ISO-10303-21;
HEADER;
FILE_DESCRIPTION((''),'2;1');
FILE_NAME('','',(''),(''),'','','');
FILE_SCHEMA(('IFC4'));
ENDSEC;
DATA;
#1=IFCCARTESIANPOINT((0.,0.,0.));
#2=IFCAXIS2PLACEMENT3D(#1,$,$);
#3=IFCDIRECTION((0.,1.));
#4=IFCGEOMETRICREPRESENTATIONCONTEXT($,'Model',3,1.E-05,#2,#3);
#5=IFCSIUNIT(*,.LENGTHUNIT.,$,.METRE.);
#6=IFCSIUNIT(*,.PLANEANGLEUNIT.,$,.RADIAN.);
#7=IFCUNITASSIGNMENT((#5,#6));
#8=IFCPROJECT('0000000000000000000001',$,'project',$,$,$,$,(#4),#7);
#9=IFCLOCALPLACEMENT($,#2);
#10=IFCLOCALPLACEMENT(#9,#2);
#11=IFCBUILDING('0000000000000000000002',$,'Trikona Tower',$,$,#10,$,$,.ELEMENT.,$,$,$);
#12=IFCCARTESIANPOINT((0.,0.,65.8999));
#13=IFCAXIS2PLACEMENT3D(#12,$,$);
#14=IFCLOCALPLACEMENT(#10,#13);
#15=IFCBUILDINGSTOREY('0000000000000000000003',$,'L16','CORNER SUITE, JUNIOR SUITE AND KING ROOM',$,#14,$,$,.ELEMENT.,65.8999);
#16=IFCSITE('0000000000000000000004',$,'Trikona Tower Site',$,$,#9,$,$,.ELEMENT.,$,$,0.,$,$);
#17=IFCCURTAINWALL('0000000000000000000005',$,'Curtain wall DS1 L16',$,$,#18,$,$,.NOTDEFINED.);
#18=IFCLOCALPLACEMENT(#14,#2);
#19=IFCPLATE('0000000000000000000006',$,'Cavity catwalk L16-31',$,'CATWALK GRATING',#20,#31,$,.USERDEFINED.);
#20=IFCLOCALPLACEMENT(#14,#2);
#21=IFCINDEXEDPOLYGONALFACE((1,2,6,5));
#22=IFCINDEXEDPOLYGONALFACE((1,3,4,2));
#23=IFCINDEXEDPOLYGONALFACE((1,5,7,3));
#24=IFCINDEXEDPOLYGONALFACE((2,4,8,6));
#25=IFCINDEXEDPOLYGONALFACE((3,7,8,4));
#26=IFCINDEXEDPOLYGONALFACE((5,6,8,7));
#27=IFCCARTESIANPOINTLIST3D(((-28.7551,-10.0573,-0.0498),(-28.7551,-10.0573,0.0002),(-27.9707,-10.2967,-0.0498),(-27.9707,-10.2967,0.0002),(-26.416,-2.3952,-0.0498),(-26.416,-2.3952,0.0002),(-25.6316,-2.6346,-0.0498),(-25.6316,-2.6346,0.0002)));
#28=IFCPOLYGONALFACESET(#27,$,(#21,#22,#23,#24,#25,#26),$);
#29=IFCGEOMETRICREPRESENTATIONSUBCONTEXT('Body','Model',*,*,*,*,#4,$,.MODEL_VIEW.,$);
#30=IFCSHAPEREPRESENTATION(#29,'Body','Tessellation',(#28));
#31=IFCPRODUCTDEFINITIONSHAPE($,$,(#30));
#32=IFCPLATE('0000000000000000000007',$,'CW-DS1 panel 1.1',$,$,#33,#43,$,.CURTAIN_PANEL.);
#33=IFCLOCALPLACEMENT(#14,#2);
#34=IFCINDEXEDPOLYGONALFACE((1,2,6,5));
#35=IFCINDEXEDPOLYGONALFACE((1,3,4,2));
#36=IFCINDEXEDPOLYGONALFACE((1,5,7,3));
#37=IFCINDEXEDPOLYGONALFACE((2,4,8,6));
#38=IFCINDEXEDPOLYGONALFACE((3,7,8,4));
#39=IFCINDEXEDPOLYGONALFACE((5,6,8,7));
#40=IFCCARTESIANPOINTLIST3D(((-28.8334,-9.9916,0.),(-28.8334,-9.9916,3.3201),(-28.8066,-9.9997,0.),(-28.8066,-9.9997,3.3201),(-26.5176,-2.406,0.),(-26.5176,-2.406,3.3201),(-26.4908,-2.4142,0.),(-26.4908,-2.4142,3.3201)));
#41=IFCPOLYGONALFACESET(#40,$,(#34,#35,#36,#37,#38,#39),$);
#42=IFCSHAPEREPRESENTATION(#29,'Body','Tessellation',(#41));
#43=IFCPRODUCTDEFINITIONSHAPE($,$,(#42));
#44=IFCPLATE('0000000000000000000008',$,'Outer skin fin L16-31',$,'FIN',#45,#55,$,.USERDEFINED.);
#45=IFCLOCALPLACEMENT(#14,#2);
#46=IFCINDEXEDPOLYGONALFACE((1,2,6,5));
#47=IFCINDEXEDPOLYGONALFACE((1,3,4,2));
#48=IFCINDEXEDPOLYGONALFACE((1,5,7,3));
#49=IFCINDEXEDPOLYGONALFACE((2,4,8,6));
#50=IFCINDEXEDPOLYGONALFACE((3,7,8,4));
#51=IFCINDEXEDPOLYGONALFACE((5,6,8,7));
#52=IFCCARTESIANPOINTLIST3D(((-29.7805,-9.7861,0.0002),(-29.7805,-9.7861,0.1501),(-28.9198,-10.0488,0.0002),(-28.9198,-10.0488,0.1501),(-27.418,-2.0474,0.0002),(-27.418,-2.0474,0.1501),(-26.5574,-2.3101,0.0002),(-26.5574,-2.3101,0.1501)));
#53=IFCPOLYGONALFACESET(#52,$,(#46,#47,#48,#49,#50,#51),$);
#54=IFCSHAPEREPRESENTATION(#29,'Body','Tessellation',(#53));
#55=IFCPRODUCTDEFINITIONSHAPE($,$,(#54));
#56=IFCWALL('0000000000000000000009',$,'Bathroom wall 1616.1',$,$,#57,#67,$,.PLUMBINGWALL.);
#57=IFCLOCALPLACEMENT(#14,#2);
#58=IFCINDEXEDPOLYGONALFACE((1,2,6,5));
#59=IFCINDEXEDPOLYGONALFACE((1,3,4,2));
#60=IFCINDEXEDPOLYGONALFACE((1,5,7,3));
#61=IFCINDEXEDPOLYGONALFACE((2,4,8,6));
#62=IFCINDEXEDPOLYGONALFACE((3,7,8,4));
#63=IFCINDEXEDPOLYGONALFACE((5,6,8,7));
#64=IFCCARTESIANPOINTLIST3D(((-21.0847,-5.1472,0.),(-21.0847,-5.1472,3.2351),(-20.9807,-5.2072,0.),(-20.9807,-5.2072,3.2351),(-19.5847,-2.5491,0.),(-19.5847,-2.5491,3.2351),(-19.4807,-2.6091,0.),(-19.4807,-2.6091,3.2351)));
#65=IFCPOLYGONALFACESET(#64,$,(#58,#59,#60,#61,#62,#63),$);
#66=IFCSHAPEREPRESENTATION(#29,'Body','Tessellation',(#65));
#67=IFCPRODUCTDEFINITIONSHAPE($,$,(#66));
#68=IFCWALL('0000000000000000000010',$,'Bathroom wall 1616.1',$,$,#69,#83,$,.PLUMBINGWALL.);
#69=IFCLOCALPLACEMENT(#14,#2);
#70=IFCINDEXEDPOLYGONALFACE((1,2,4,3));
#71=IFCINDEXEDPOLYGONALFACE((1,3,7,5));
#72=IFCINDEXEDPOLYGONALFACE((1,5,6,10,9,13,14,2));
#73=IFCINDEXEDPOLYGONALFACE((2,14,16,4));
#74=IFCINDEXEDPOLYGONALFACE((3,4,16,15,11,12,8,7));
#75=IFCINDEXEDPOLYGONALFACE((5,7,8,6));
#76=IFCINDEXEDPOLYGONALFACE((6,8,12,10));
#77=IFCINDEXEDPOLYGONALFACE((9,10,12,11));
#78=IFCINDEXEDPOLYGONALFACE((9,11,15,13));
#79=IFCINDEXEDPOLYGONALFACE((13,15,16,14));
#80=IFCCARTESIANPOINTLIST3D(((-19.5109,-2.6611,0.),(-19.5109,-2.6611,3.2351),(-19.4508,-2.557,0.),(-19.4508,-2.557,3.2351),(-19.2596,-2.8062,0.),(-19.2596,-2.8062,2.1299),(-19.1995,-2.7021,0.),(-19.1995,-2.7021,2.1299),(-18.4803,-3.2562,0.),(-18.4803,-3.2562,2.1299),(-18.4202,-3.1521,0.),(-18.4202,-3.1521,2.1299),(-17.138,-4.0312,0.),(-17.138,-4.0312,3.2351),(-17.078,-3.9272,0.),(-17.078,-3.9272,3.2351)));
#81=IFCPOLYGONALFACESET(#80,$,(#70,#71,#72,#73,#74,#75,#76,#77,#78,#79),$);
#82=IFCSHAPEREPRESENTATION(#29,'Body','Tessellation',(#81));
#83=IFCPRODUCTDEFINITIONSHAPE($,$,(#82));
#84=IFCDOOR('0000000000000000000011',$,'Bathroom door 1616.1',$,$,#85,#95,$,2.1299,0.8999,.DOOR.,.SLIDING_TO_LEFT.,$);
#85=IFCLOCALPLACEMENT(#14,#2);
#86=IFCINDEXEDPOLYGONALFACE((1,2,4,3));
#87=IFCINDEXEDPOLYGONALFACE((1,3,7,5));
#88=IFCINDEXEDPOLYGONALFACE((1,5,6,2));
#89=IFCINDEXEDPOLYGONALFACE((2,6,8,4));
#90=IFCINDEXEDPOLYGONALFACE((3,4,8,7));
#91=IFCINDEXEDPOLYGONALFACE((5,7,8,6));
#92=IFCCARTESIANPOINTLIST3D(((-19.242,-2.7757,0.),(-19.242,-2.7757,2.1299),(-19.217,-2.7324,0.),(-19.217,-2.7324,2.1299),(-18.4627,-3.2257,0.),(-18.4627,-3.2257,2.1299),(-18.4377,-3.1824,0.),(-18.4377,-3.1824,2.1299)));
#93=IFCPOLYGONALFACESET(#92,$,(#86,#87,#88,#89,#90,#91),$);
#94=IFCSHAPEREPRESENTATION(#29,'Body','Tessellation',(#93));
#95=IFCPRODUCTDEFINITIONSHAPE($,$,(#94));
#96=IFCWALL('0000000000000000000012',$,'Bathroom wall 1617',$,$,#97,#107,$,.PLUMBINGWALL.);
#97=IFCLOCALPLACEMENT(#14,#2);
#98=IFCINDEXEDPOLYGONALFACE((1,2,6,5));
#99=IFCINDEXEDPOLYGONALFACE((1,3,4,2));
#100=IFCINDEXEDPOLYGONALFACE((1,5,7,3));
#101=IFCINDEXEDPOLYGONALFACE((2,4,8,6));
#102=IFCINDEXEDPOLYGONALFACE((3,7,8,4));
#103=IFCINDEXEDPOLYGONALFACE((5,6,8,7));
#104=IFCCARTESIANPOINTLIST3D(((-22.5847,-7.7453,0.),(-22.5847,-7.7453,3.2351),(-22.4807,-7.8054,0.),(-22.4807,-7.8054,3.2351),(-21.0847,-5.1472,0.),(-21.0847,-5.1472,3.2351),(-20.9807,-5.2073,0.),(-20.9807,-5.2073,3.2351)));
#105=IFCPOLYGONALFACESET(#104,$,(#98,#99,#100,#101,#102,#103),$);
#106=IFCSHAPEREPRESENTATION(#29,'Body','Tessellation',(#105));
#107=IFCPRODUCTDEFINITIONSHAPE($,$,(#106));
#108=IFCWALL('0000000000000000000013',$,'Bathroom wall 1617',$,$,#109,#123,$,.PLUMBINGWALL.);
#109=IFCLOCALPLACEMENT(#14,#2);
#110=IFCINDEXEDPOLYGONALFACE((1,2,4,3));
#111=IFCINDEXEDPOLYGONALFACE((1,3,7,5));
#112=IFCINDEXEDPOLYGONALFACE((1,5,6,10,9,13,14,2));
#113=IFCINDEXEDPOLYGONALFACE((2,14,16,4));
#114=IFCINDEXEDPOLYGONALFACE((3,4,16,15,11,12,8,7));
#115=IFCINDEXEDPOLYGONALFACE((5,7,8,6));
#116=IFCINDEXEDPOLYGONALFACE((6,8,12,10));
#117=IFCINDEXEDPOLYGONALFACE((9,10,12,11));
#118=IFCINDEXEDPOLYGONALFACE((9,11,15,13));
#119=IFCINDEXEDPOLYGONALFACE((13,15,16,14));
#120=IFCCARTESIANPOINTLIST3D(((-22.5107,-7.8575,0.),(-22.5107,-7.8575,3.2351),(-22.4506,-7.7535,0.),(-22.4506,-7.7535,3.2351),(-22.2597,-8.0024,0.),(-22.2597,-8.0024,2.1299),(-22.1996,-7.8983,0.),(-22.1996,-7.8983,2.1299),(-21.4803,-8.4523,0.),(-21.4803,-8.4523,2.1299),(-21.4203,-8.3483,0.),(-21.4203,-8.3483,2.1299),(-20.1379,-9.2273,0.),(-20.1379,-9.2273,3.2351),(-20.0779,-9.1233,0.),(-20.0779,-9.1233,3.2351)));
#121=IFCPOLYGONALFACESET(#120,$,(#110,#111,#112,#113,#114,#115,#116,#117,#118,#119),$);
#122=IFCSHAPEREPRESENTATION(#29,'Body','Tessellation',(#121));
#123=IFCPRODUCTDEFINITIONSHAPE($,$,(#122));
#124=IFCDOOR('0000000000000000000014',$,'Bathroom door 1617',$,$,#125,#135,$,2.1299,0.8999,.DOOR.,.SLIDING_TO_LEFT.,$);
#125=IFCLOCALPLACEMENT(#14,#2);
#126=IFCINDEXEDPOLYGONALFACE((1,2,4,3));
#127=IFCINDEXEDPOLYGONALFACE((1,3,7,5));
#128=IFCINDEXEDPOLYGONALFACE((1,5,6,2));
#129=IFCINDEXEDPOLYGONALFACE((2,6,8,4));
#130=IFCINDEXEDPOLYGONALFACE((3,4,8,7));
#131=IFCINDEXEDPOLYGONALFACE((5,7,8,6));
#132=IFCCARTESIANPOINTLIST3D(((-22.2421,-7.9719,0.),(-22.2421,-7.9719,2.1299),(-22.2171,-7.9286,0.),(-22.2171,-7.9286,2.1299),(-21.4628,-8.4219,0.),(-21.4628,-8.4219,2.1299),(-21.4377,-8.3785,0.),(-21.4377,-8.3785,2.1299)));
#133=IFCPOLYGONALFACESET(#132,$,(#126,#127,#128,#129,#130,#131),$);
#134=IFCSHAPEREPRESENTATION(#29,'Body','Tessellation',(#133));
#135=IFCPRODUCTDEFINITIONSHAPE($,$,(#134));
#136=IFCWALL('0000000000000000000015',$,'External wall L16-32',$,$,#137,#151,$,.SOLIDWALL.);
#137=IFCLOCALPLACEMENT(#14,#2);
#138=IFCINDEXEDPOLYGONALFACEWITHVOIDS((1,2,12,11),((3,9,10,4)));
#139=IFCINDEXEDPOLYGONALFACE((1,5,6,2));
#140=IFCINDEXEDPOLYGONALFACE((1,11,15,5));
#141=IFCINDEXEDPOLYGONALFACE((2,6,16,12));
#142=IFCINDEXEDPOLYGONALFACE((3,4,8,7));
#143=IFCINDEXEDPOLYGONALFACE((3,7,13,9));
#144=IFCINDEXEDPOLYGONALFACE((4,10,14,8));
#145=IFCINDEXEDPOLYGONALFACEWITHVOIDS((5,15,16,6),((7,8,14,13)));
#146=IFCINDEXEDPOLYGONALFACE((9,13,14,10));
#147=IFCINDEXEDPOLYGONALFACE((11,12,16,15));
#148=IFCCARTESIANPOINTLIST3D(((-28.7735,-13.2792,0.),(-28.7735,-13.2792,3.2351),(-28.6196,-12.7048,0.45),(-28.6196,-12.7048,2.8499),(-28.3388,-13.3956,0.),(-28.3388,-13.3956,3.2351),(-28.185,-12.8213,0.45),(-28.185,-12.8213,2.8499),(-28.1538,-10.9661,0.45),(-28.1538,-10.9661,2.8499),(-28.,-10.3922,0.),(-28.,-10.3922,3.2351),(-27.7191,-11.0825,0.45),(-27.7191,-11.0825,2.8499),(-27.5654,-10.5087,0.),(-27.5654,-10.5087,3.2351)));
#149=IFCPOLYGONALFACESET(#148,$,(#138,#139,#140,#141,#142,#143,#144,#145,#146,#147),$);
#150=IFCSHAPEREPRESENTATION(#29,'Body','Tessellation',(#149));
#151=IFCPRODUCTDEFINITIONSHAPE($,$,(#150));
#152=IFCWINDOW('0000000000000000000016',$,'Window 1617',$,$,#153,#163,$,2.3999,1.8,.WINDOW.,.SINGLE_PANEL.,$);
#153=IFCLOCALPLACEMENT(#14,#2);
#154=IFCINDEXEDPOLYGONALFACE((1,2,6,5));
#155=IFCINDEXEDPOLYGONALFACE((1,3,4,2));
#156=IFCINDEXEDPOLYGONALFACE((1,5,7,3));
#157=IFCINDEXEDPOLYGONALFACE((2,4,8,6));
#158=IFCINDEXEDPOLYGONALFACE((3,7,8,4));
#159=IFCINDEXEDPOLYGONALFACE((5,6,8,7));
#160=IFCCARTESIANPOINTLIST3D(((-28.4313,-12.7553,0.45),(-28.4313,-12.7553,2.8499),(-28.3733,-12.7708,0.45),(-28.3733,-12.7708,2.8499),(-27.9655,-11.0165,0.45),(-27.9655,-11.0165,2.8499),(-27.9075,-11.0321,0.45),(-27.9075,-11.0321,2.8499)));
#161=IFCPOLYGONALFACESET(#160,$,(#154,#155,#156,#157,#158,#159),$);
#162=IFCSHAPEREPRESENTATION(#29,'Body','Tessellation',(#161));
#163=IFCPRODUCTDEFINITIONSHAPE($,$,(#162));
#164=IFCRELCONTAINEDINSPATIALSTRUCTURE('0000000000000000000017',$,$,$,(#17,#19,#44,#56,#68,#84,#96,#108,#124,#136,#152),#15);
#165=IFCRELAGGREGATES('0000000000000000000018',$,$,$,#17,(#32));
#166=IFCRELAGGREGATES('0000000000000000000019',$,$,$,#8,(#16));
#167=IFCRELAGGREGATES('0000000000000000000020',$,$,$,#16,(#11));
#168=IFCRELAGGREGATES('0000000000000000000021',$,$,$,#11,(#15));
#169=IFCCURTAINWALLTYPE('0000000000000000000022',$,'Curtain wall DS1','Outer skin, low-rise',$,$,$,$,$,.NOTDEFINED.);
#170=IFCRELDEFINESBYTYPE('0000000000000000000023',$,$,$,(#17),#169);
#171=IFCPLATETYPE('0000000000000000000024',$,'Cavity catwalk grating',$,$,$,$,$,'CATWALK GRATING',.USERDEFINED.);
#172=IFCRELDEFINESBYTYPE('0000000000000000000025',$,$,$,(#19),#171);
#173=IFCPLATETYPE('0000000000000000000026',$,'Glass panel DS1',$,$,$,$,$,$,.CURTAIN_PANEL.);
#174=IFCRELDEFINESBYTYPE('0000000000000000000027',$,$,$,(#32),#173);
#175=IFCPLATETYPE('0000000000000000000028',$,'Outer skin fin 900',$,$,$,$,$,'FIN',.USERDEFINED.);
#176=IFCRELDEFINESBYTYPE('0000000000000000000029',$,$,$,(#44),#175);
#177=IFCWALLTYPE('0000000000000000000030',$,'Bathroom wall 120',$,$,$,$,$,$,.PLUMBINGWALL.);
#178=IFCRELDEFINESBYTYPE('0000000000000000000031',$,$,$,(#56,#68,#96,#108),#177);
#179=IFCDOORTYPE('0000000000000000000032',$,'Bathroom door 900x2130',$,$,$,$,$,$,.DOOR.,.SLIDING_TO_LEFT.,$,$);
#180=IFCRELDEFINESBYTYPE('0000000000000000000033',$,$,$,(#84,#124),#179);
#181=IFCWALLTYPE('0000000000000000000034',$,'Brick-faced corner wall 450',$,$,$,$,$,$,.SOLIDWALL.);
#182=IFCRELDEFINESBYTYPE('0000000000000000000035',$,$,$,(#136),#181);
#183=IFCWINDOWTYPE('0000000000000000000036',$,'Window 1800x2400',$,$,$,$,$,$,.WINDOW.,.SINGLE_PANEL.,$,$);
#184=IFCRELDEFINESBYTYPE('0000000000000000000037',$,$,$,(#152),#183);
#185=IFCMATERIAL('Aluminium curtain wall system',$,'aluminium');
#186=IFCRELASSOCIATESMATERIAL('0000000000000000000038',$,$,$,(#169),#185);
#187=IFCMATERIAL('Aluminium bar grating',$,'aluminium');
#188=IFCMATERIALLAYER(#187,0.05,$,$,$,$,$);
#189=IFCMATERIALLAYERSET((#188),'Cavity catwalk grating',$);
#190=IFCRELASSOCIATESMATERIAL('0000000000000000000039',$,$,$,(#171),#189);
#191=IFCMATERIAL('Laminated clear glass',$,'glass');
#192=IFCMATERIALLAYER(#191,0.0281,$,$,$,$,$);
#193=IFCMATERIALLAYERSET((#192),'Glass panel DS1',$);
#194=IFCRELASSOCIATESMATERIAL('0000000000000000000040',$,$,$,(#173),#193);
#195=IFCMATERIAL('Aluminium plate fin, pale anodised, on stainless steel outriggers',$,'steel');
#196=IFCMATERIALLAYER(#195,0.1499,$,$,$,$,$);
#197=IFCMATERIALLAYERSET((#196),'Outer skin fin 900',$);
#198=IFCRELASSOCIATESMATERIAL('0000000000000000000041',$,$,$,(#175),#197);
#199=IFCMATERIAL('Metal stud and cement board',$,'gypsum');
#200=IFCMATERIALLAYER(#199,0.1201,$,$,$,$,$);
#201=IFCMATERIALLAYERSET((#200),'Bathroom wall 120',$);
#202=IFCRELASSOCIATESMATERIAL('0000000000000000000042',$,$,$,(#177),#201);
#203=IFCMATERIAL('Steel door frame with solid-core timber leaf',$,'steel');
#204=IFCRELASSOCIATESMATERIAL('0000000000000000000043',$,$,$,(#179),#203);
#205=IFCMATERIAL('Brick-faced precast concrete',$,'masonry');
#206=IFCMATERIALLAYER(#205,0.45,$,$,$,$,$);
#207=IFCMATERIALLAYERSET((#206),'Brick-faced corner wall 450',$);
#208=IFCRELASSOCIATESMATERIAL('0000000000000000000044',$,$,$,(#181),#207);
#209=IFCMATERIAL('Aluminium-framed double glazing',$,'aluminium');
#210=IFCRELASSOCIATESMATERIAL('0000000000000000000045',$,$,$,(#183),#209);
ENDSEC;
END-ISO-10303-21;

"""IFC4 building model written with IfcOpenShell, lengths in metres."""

from ifc_helpers import new_model, si_unit, direction, frame, frame_2d, origin, origin_2d, place, context, subcontext, project, spatial, rectangle, extrude, material, layer, layer_set, type_object, element, fill, aggregate, save


model = new_model("IFC4")

# Units and contexts
model_context = context("Model", 3, precision=1e-05, world=origin(), true_north=direction((0.0, 1.0)))
body_context = subcontext(model_context, "Body", "Model", "MODEL_VIEW")
ifc_project = project(units=[si_unit("LENGTHUNIT", "METRE"), si_unit("PLANEANGLEUNIT", "RADIAN")], contexts=[model_context])

# Site, building, storey
site_placement = place(None, origin())
site = spatial("IfcSite", under=ifc_project, at=site_placement, Name="Trikona Tower Site", CompositionType="ELEMENT", RefElevation=0.0)
building_placement = place(site_placement, origin())
building = spatial("IfcBuilding", under=site, at=building_placement, Name="Trikona Tower", CompositionType="ELEMENT")
storey_placement = place(building_placement, frame((0.0, 0.0, 65.8999)))
storey = spatial("IfcBuildingStorey", under=building, at=storey_placement, Name="L16", Description="CORNER SUITE, JUNIOR SUITE AND KING ROOM", CompositionType="ELEMENT", Elevation=65.8999)

# Curtain wall
ifc_material_1 = material(Name="Aluminium curtain wall system", Category="aluminium")
curtain_wall_type = type_object("IfcCurtainWallType", Name="Curtain wall DS1", Description="Outer skin, low-rise", PredefinedType="NOTDEFINED", material=ifc_material_1)
curtain_wall_placement = place(storey_placement, origin())
curtain_wall = element("IfcCurtainWall", 1, at=curtain_wall_placement, inside=storey, type_object=curtain_wall_type, Name="Curtain wall DS1 L16", PredefinedType="NOTDEFINED")

# Plates
ifc_material_2 = material(Name="Aluminium bar grating", Category="aluminium")
ifc_layer_1 = layer(ifc_material_2, 0.05)
ifc_layer_set_1 = layer_set([ifc_layer_1], Name="Cavity catwalk grating")
plate_type_1 = type_object("IfcPlateType", Name="Cavity catwalk grating", ElementType="CATWALK GRATING", PredefinedType="USERDEFINED", material=ifc_layer_set_1)
plate_1_placement = place(storey_placement, frame((-27.1934, -6.3459, -0.0498), z_axis=(0.0, 0.0, 1.0), x_axis=(-0.291979, -0.956425, 0.0)))
element("IfcPlate", 2, at=plate_1_placement, inside=storey, type_object=plate_type_1, Name="Cavity catwalk L16-31", ObjectType="CATWALK GRATING", PredefinedType="USERDEFINED", context=body_context, shape_type="SweptSolid", body=[
    extrude(rectangle(XDim=8.0112, YDim=0.8201, at=origin_2d()), origin(), (0.0, 0.0, 1.0), 0.05),
])
ifc_material_3 = material(Name="Laminated clear glass", Category="glass")
ifc_layer_2 = layer(ifc_material_3, 0.0281)
ifc_layer_set_2 = layer_set([ifc_layer_2], Name="Glass panel DS1")
plate_type_2 = type_object("IfcPlateType", Name="Glass panel DS1", PredefinedType="CURTAIN_PANEL", material=ifc_layer_set_2)
plate_2_placement = place(storey_placement, frame((-27.6621, -6.2029, 0.0), z_axis=(0.0, 0.0, 1.0), x_axis=(-0.291984, -0.956423, 0.0)))
plate_2 = element("IfcPlate", 3, at=plate_2_placement, type_object=plate_type_2, Name="CW-DS1 panel 1.1", PredefinedType="CURTAIN_PANEL", context=body_context, shape_type="SweptSolid", body=[
    extrude(rectangle(XDim=7.9312, YDim=0.0281, at=origin_2d()), origin(), (0.0, 0.0, 1.0), 3.3201),
])
aggregate(curtain_wall, [plate_2])
ifc_material_4 = material(Name="Aluminium plate fin, pale anodised, on stainless steel outriggers", Category="steel")
ifc_layer_3 = layer(ifc_material_4, 0.1499)
ifc_layer_set_3 = layer_set([ifc_layer_3], Name="Outer skin fin 900")
plate_type_3 = type_object("IfcPlateType", Name="Outer skin fin 900", ElementType="FIN", PredefinedType="USERDEFINED", material=ifc_layer_set_3)
plate_3_placement = place(storey_placement, frame((-28.1689, -6.0481, 0.0002), z_axis=(0.0, 0.0, 1.0), x_axis=(-0.291979, -0.956425, 0.0)))
element("IfcPlate", 4, at=plate_3_placement, inside=storey, type_object=plate_type_3, Name="Outer skin fin L16-31", ObjectType="FIN", PredefinedType="USERDEFINED", context=body_context, shape_type="SweptSolid", body=[
    extrude(rectangle(XDim=8.0913, YDim=0.8999, at=origin_2d()), origin(), (0.0, 0.0, 1.0), 0.1499),
])

# Wall
ifc_material_5 = material(Name="Metal stud and cement board", Category="gypsum")
ifc_layer_4 = layer(ifc_material_5, 0.1201)
ifc_layer_set_4 = layer_set([ifc_layer_4], Name="Bathroom wall 120")
wall_type_1 = type_object("IfcWallType", Name="Bathroom wall 120", PredefinedType="PLUMBINGWALL", material=ifc_layer_set_4)
wall_1_placement = place(storey_placement, frame((-19.5327, -2.5791, 0.0), z_axis=(0.0, 0.0, 1.0), x_axis=(-0.49999, -0.866031, 0.0)))
element("IfcWall", 5, at=wall_1_placement, inside=storey, type_object=wall_type_1, Name="Bathroom wall 1616.1", PredefinedType="PLUMBINGWALL", context=body_context, shape_type="SweptSolid", body=[
    extrude(rectangle(XDim=3.0, YDim=0.1201, at=frame_2d((1.5, 0.0))), origin(), (0.0, 0.0, 1.0), 3.2351),
])

# Wall, opening, door
wall_2_placement = place(storey_placement, frame((-17.1079, -3.9792, 0.0), z_axis=(0.0, 0.0, 1.0), x_axis=(-0.865997, 0.500049, 0.0)))
wall_2 = element("IfcWall", 6, at=wall_2_placement, inside=storey, type_object=wall_type_1, Name="Bathroom wall 1616.1", PredefinedType="PLUMBINGWALL", context=body_context, shape_type="SweptSolid", body=[
    extrude(rectangle(XDim=2.74, YDim=0.1201, at=frame_2d((1.3701, 0.0))), origin(), (0.0, 0.0, 1.0), 3.2351),
])
opening_1_placement = place(wall_2_placement, frame((1.55, 0.0, 0.0)))
opening_1 = element("IfcOpeningElement", 7, at=opening_1_placement, cuts=wall_2, PredefinedType="OPENING", context=body_context, shape_type="SweptSolid", body=[
    extrude(rectangle(XDim=0.8999, YDim=2.1299, at=frame_2d((0.45, 1.0649))), frame((0.0, 0.0701, 0.0), z_axis=(0.0, -1.0, 0.0), x_axis=(1.0, 0.0, 0.0)), (0.0, 0.0, 1.0), 0.1401),
])
ifc_material_6 = material(Name="Steel door frame with solid-core timber leaf", Category="steel")
door_type_1 = type_object("IfcDoorType", Name="Bathroom door 900x2130", OperationType="SLIDING_TO_LEFT", PredefinedType="DOOR", material=ifc_material_6)
door_1_placement = place(opening_1_placement, origin())
door_1 = element("IfcDoor", 8, at=door_1_placement, inside=storey, type_object=door_type_1, Name="Bathroom door 1616.1", OperationType="SLIDING_TO_LEFT", OverallHeight=2.1299, OverallWidth=0.8999, PredefinedType="DOOR", context=body_context, shape_type="SweptSolid", body=[
    extrude(rectangle(XDim=0.8999, YDim=2.1299, at=frame_2d((0.45, 1.0649))), frame((0.0, 0.0249, 0.0), z_axis=(0.0, -1.0, 0.0), x_axis=(1.0, 0.0, 0.0)), (0.0, 0.0, 1.0), 0.05),
])
fill(opening_1, door_1)

# Wall
wall_3_placement = place(storey_placement, frame((-21.0327, -5.1772, 0.0), z_axis=(0.0, 0.0, 1.0), x_axis=(-0.49999, -0.866031, 0.0)))
element("IfcWall", 9, at=wall_3_placement, inside=storey, type_object=wall_type_1, Name="Bathroom wall 1617", PredefinedType="PLUMBINGWALL", context=body_context, shape_type="SweptSolid", body=[
    extrude(rectangle(XDim=3.0, YDim=0.1201, at=frame_2d((1.5, 0.0))), origin(), (0.0, 0.0, 1.0), 3.2351),
])

# Wall, opening, door
wall_4_placement = place(storey_placement, frame((-20.1079, -9.1753, 0.0), z_axis=(0.0, 0.0, 1.0), x_axis=(-0.866036, 0.499982, 0.0)))
wall_4 = element("IfcWall", 10, at=wall_4_placement, inside=storey, type_object=wall_type_1, Name="Bathroom wall 1617", PredefinedType="PLUMBINGWALL", context=body_context, shape_type="SweptSolid", body=[
    extrude(rectangle(XDim=2.7397, YDim=0.1201, at=frame_2d((1.3699, 0.0))), origin(), (0.0, 0.0, 1.0), 3.2351),
])
opening_2_placement = place(wall_4_placement, frame((1.55, 0.0, 0.0)))
opening_2 = element("IfcOpeningElement", 11, at=opening_2_placement, cuts=wall_4, PredefinedType="OPENING", context=body_context, shape_type="SweptSolid", body=[
    extrude(rectangle(XDim=0.8999, YDim=2.1299, at=frame_2d((0.45, 1.0649))), frame((0.0, 0.0701, 0.0), z_axis=(0.0, -1.0, 0.0), x_axis=(1.0, 0.0, 0.0)), (0.0, 0.0, 1.0), 0.1401),
])
door_2_placement = place(opening_2_placement, origin())
door_2 = element("IfcDoor", 12, at=door_2_placement, inside=storey, type_object=door_type_1, Name="Bathroom door 1617", OperationType="SLIDING_TO_LEFT", OverallHeight=2.1299, OverallWidth=0.8999, PredefinedType="DOOR", context=body_context, shape_type="SweptSolid", body=[
    extrude(rectangle(XDim=0.8999, YDim=2.1299, at=frame_2d((0.45, 1.0649))), frame((0.0, 0.0249, 0.0), z_axis=(0.0, -1.0, 0.0), x_axis=(1.0, 0.0, 0.0)), (0.0, 0.0, 1.0), 0.05),
])
fill(opening_2, door_2)

# Wall, opening, window
ifc_material_7 = material(Name="Brick-faced precast concrete", Category="masonry")
ifc_layer_5 = layer(ifc_material_7, 0.45)
ifc_layer_set_5 = layer_set([ifc_layer_5], Name="Brick-faced corner wall 450")
wall_type_2 = type_object("IfcWallType", Name="Brick-faced corner wall 450", PredefinedType="SOLIDWALL", material=ifc_layer_set_5)
wall_5_placement = place(storey_placement, frame((-27.7827, -10.4504, 0.0), z_axis=(0.0, 0.0, 1.0), x_axis=(-0.258781, -0.965936, 0.0)))
wall_5 = element("IfcWall", 13, at=wall_5_placement, inside=storey, type_object=wall_type_2, Name="External wall L16-32", PredefinedType="SOLIDWALL", context=body_context, shape_type="SweptSolid", body=[
    extrude(rectangle(XDim=2.9888, YDim=0.45, at=frame_2d((1.4944, 0.0))), origin(), (0.0, 0.0, 1.0), 3.2351),
])
opening_3_placement = place(wall_5_placement, frame((0.5942, 0.0, 0.45)))
opening_3 = element("IfcOpeningElement", 14, at=opening_3_placement, cuts=wall_5, PredefinedType="OPENING", context=body_context, shape_type="SweptSolid", body=[
    extrude(rectangle(XDim=1.8, YDim=2.3999, at=frame_2d((0.8999, 1.2))), frame((0.0, 0.2349, 0.0), z_axis=(0.0, -1.0, 0.0), x_axis=(1.0, 0.0, 0.0)), (0.0, 0.0, 1.0), 0.47),
])
ifc_material_8 = material(Name="Aluminium-framed double glazing", Category="aluminium")
window_type_1 = type_object("IfcWindowType", Name="Window 1800x2400", PartitioningType="SINGLE_PANEL", PredefinedType="WINDOW", material=ifc_material_8)
window_1_placement = place(opening_3_placement, origin())
window_1 = element("IfcWindow", 15, at=window_1_placement, inside=storey, type_object=window_type_1, Name="Window 1617", OverallHeight=2.3999, OverallWidth=1.8, PartitioningType="SINGLE_PANEL", PredefinedType="WINDOW", context=body_context, shape_type="SweptSolid", body=[
    extrude(rectangle(XDim=1.8, YDim=2.3999, at=frame_2d((0.8999, 1.2))), frame((0.0, 0.03, 0.0), z_axis=(0.0, -1.0, 0.0), x_axis=(1.0, 0.0, 0.0)), (0.0, 0.0, 1.0), 0.0601),
])
fill(opening_3, window_1)

save(model, "model.ifc")
